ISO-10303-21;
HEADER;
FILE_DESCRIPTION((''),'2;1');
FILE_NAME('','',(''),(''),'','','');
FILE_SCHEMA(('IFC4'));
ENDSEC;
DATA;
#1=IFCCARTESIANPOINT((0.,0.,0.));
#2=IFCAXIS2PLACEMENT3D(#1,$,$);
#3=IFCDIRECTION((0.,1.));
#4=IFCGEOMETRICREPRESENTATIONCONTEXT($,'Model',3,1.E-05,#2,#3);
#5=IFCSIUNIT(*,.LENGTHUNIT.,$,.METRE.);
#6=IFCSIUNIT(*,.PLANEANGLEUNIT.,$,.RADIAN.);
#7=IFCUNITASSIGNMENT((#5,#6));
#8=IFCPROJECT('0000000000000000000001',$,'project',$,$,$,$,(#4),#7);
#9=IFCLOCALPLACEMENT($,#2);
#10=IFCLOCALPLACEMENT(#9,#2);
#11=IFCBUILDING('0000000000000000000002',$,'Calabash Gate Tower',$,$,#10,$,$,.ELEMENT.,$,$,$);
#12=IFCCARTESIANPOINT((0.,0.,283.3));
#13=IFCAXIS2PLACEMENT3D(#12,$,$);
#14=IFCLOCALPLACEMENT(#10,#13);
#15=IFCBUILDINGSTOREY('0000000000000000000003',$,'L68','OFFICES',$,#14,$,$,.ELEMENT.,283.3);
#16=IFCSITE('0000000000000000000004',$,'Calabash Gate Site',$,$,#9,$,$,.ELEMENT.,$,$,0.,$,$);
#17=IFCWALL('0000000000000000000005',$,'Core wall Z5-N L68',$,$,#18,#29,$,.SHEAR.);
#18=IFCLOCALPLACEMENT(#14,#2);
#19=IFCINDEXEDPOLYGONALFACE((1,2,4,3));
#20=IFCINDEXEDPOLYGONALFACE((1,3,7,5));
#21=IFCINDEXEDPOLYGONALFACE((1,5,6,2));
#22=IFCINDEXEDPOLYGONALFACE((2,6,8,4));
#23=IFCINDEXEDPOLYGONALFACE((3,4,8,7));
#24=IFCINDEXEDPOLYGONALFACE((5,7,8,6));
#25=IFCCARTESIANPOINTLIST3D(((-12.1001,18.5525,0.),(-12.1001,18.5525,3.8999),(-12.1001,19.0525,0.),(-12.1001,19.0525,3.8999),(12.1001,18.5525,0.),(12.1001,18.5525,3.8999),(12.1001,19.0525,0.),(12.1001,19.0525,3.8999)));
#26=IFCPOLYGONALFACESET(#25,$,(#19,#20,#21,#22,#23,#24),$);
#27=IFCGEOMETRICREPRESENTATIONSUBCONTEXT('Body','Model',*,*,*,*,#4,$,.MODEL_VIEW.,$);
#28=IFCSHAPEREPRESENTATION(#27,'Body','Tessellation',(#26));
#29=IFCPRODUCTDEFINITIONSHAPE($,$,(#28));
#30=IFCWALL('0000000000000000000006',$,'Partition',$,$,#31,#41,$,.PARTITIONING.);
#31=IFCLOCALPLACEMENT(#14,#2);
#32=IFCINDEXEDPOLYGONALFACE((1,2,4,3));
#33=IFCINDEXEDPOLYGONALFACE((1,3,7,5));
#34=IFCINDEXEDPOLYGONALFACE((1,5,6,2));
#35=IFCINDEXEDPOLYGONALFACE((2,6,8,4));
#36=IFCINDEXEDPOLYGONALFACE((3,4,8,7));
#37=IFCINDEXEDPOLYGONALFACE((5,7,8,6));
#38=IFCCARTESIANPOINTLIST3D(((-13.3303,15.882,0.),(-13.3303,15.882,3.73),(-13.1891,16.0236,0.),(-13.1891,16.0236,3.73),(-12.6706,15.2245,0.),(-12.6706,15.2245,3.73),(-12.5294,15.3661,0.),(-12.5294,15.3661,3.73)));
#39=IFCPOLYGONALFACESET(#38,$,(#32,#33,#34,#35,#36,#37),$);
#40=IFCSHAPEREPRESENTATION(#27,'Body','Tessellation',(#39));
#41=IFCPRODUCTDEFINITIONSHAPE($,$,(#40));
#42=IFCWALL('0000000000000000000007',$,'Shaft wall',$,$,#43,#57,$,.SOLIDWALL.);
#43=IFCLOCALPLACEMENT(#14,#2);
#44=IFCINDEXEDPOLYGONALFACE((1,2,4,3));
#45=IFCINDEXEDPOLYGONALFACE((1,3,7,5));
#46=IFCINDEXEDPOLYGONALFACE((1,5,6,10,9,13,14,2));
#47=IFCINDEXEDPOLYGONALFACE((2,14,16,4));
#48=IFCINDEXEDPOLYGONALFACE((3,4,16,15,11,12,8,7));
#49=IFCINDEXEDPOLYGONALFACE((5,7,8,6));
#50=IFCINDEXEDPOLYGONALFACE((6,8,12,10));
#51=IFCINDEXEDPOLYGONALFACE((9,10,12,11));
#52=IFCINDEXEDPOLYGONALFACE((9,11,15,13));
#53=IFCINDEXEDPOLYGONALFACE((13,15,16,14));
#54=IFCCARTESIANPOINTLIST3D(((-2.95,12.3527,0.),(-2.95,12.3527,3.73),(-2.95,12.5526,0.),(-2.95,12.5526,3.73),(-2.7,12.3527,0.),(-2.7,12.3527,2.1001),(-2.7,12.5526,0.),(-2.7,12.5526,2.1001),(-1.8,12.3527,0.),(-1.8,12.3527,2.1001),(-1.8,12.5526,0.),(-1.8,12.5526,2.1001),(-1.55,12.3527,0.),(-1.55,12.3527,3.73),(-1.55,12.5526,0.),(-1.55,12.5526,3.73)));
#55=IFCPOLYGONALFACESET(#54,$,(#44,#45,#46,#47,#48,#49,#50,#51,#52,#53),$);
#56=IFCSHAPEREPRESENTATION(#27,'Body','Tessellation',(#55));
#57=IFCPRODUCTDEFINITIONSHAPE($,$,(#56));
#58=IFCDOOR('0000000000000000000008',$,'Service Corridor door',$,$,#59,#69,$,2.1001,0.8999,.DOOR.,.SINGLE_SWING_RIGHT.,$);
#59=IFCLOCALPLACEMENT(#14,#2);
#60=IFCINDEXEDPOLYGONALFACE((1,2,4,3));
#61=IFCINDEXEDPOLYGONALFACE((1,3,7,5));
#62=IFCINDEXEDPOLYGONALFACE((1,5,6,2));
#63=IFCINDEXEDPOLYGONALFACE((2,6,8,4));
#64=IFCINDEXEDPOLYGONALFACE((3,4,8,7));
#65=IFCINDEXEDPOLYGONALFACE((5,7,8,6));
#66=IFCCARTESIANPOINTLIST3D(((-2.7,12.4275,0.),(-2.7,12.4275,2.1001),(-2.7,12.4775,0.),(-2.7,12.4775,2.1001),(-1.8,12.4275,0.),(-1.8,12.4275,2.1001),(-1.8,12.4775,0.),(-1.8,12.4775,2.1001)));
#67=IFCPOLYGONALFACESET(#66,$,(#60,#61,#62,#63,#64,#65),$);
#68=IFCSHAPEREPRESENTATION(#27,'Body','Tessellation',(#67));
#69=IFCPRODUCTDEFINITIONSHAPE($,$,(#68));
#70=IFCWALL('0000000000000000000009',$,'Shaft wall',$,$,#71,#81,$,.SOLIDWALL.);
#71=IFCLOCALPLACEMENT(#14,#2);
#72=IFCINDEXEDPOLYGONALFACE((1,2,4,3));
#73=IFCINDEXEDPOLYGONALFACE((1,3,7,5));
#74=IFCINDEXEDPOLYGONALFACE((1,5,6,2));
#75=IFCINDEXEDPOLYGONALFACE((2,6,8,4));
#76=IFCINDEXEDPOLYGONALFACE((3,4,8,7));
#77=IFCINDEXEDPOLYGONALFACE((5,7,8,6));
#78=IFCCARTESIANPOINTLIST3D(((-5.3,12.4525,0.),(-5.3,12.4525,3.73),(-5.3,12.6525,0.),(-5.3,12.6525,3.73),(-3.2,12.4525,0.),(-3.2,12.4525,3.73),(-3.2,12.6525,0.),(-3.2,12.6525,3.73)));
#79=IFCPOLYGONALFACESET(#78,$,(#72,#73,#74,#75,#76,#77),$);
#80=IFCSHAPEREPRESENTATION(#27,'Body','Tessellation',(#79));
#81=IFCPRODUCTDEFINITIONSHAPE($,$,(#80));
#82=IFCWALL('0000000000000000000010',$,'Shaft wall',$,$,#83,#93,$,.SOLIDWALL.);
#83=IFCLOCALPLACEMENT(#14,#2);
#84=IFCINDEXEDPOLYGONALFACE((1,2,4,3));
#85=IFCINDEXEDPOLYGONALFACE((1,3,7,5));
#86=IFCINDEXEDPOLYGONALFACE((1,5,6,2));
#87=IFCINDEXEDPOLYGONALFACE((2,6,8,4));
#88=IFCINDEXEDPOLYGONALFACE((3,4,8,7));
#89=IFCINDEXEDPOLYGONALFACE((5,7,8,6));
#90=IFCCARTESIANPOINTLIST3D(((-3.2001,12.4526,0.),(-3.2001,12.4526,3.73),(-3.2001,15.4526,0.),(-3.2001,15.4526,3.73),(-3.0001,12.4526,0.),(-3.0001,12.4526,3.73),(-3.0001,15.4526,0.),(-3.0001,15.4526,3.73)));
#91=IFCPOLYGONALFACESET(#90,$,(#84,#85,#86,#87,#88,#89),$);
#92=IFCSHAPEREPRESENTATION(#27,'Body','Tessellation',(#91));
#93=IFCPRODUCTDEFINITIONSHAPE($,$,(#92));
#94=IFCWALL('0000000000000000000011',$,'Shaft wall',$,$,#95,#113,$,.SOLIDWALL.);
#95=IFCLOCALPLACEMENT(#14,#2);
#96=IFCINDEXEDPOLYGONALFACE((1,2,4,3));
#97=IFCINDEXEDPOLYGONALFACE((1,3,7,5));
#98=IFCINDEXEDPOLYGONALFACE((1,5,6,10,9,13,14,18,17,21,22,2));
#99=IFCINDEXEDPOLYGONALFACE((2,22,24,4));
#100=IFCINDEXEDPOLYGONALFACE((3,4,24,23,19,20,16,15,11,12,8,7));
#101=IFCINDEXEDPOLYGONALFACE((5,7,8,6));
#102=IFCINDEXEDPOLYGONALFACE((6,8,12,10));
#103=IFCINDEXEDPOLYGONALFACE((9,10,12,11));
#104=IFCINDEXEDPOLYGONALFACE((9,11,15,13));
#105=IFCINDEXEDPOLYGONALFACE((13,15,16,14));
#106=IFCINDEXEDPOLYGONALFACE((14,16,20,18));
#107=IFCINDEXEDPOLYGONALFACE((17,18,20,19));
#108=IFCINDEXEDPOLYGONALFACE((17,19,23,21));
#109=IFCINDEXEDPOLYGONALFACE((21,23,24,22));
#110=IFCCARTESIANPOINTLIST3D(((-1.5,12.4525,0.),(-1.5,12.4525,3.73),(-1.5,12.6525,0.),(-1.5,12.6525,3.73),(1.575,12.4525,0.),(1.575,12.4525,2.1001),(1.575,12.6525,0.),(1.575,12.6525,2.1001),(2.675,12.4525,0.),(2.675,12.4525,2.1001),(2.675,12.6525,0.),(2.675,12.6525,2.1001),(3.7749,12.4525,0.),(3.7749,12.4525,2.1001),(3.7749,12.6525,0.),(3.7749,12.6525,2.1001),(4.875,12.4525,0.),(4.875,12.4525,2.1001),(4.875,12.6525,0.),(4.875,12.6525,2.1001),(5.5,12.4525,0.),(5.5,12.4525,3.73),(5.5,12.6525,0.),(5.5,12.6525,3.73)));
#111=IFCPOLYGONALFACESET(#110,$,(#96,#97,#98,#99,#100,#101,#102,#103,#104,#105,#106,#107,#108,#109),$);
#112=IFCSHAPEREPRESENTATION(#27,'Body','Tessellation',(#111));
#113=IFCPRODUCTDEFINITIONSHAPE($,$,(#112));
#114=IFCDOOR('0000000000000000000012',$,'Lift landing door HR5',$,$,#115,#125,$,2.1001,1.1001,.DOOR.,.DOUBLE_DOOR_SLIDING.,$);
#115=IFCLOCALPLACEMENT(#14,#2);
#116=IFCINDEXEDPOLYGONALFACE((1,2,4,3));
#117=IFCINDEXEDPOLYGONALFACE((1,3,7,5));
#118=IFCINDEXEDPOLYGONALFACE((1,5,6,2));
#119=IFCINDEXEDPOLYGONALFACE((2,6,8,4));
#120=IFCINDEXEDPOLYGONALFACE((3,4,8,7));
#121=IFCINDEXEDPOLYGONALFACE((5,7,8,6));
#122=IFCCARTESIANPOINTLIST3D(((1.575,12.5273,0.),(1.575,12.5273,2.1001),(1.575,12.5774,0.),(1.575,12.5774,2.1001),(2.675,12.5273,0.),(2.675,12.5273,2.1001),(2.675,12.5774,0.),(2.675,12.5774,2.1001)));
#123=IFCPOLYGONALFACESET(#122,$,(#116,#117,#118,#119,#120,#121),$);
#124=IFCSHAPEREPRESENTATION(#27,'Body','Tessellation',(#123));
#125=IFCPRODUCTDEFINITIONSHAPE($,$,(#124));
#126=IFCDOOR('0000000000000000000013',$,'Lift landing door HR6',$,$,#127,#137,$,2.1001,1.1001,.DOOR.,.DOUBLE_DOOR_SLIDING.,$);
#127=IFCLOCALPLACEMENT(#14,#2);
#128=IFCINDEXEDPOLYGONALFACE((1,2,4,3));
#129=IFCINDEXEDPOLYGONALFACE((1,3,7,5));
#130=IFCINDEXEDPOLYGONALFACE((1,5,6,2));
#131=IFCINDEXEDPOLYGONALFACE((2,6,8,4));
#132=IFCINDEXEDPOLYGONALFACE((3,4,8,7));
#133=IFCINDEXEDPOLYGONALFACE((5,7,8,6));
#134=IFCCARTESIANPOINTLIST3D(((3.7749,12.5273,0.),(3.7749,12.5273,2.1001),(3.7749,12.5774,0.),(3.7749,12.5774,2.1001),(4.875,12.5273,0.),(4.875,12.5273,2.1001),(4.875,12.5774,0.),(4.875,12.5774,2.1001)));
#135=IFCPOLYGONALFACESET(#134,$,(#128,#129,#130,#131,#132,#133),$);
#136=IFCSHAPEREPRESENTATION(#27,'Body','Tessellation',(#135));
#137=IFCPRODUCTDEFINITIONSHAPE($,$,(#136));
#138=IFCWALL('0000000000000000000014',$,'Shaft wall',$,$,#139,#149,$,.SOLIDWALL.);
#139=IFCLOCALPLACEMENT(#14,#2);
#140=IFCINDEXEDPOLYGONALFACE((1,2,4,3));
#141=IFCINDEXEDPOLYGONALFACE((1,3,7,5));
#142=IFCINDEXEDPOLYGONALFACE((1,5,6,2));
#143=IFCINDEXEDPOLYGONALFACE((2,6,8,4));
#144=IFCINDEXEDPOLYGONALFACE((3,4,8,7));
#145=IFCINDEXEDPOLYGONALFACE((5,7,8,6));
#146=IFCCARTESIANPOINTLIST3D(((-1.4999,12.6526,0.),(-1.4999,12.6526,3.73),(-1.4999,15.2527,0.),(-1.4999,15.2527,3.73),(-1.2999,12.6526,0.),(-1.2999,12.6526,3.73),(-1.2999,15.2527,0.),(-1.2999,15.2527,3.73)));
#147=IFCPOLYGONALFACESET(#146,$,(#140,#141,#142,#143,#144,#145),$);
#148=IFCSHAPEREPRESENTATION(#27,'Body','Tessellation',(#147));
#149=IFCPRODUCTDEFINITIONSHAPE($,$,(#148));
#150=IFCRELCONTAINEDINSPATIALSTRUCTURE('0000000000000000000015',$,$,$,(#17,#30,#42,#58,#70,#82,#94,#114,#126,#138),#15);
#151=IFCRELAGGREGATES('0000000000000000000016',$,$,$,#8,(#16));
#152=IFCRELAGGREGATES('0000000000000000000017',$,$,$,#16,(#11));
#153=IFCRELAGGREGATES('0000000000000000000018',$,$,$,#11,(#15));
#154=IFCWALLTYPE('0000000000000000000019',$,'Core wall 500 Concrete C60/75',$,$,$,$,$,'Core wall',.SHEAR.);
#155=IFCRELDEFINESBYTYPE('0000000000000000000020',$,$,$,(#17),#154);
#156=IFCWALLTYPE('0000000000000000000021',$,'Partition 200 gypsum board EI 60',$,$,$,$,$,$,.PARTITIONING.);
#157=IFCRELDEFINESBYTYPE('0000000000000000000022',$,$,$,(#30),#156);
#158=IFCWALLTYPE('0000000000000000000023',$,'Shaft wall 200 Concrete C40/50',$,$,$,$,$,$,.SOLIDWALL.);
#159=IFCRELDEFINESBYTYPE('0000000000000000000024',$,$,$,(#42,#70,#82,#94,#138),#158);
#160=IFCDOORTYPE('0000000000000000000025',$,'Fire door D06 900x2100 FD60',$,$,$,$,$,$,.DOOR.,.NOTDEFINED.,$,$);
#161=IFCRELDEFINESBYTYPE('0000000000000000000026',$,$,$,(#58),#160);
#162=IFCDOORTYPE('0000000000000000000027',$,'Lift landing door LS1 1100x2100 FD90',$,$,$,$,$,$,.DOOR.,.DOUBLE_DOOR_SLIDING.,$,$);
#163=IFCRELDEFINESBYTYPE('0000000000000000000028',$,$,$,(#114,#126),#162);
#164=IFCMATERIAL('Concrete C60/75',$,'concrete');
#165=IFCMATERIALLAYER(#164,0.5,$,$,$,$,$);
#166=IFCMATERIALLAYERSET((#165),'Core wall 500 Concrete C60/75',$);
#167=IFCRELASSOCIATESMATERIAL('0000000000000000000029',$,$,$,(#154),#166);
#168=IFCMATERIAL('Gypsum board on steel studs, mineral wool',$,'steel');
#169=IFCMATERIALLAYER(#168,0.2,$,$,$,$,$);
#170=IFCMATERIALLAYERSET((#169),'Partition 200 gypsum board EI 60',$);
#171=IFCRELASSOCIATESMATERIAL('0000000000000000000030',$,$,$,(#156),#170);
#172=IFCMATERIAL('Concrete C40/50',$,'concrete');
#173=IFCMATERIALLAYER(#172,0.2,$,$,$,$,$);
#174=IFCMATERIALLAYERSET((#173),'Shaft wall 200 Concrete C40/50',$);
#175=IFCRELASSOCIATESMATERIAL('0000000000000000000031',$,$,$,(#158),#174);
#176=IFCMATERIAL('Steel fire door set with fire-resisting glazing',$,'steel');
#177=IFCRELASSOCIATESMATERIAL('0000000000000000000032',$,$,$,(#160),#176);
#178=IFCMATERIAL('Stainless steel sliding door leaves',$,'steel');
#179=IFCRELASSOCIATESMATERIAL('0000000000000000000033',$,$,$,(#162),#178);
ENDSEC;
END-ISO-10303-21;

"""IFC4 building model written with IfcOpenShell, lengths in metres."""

from ifc_helpers import new_model, si_unit, direction, frame, frame_2d, origin, place, context, subcontext, project, spatial, rectangle, extrude, material, layer, layer_set, type_object, element, fill, save


model = new_model("IFC4")

# Units and contexts
model_context = context("Model", 3, precision=1e-05, world=origin(), true_north=direction((0.0, 1.0)))
body_context = subcontext(model_context, "Body", "Model", "MODEL_VIEW")
ifc_project = project(units=[si_unit("LENGTHUNIT", "METRE"), si_unit("PLANEANGLEUNIT", "RADIAN")], contexts=[model_context])

# Site, building, storey
site_placement = place(None, origin())
site = spatial("IfcSite", under=ifc_project, at=site_placement, Name="Calabash Gate Site", CompositionType="ELEMENT", RefElevation=0.0)
building_placement = place(site_placement, origin())
building = spatial("IfcBuilding", under=site, at=building_placement, Name="Calabash Gate Tower", CompositionType="ELEMENT")
storey_placement = place(building_placement, frame((0.0, 0.0, 283.3)))
storey = spatial("IfcBuildingStorey", under=building, at=storey_placement, Name="L68", Description="OFFICES", CompositionType="ELEMENT", Elevation=283.3)

# Walls
ifc_material_1 = material(Name="Concrete C60/75", Category="concrete")
ifc_layer_1 = layer(ifc_material_1, 0.5)
ifc_layer_set_1 = layer_set([ifc_layer_1], Name="Core wall 500 Concrete C60/75")
wall_type_1 = type_object("IfcWallType", Name="Core wall 500 Concrete C60/75", ElementType="Core wall", PredefinedType="SHEAR", material=ifc_layer_set_1)
wall_1_placement = place(storey_placement, frame((-12.1001, 18.8025, 0.0), z_axis=(0.0, 0.0, 1.0), x_axis=(1.0, 0.0, 0.0)))
element("IfcWall", 1, at=wall_1_placement, inside=storey, type_object=wall_type_1, Name="Core wall Z5-N L68", PredefinedType="SHEAR", context=body_context, shape_type="SweptSolid", body=[
    extrude(rectangle(XDim=24.2002, YDim=0.5, at=frame_2d((12.1001, 0.0))), origin(), (0.0, 0.0, 1.0), 3.8999),
])
ifc_material_2 = material(Name="Gypsum board on steel studs, mineral wool", Category="steel")
ifc_layer_2 = layer(ifc_material_2, 0.2)
ifc_layer_set_2 = layer_set([ifc_layer_2], Name="Partition 200 gypsum board EI 60")
wall_type_2 = type_object("IfcWallType", Name="Partition 200 gypsum board EI 60", PredefinedType="PARTITIONING", material=ifc_layer_set_2)
wall_2_placement = place(storey_placement, frame((-13.2598, 15.9529, 0.0), z_axis=(0.0, 0.0, 1.0), x_axis=(0.708285, -0.705926, 0.0)))
element("IfcWall", 2, at=wall_2_placement, inside=storey, type_object=wall_type_2, Name="Partition", PredefinedType="PARTITIONING", context=body_context, shape_type="SweptSolid", body=[
    extrude(rectangle(XDim=0.9314, YDim=0.2, at=frame_2d((0.4658, 0.0))), origin(), (0.0, 0.0, 1.0), 3.73),
])

# Wall, opening, door
ifc_material_3 = material(Name="Concrete C40/50", Category="concrete")
ifc_layer_3 = layer(ifc_material_3, 0.2)
ifc_layer_set_3 = layer_set([ifc_layer_3], Name="Shaft wall 200 Concrete C40/50")
wall_type_3 = type_object("IfcWallType", Name="Shaft wall 200 Concrete C40/50", PredefinedType="SOLIDWALL", material=ifc_layer_set_3)
wall_3_placement = place(storey_placement, frame((-2.95, 12.4526, 0.0), z_axis=(0.0, 0.0, 1.0), x_axis=(1.0, 0.0, 0.0)))
wall_3 = element("IfcWall", 3, at=wall_3_placement, inside=storey, type_object=wall_type_3, Name="Shaft wall", PredefinedType="SOLIDWALL", context=body_context, shape_type="SweptSolid", body=[
    extrude(rectangle(XDim=1.3999, YDim=0.2, at=frame_2d((0.7, 0.0))), origin(), (0.0, 0.0, 1.0), 3.73),
])
opening_1_placement = place(wall_3_placement, frame((0.25, 0.0, 0.0)))
opening_1 = element("IfcOpeningElement", 4, at=opening_1_placement, cuts=wall_3, PredefinedType="OPENING", context=body_context, shape_type="SweptSolid", body=[
    extrude(rectangle(XDim=0.8999, YDim=2.1001, at=frame_2d((0.45, 1.05))), frame((0.0, 0.1099, 0.0), z_axis=(0.0, -1.0, 0.0), x_axis=(1.0, 0.0, 0.0)), (0.0, 0.0, 1.0), 0.22),
])
ifc_material_4 = material(Name="Steel fire door set with fire-resisting glazing", Category="steel")
door_type_1 = type_object("IfcDoorType", Name="Fire door D06 900x2100 FD60", OperationType="NOTDEFINED", PredefinedType="DOOR", material=ifc_material_4)
door_1_placement = place(opening_1_placement, origin())
door_1 = element("IfcDoor", 5, at=door_1_placement, inside=storey, type_object=door_type_1, Name="Service Corridor door", OperationType="SINGLE_SWING_RIGHT", OverallHeight=2.1001, OverallWidth=0.8999, PredefinedType="DOOR", context=body_context, shape_type="SweptSolid", body=[
    extrude(rectangle(XDim=0.8999, YDim=2.1001, at=frame_2d((0.45, 1.05))), frame((0.0, 0.0249, 0.0), z_axis=(0.0, -1.0, 0.0), x_axis=(1.0, 0.0, 0.0)), (0.0, 0.0, 1.0), 0.05),
])
fill(opening_1, door_1)

# Walls
wall_4_placement = place(storey_placement, frame((-5.3, 12.5525, 0.0), z_axis=(0.0, 0.0, 1.0), x_axis=(1.0, 0.0, 0.0)))
element("IfcWall", 6, at=wall_4_placement, inside=storey, type_object=wall_type_3, Name="Shaft wall", PredefinedType="SOLIDWALL", context=body_context, shape_type="SweptSolid", body=[
    extrude(rectangle(XDim=2.1001, YDim=0.2, at=frame_2d((1.05, 0.0))), origin(), (0.0, 0.0, 1.0), 3.73),
])
wall_5_placement = place(storey_placement, frame((-3.1001, 12.4526, 0.0), z_axis=(0.0, 0.0, 1.0), x_axis=(0.0, 1.0, 0.0)))
element("IfcWall", 7, at=wall_5_placement, inside=storey, type_object=wall_type_3, Name="Shaft wall", PredefinedType="SOLIDWALL", context=body_context, shape_type="SweptSolid", body=[
    extrude(rectangle(XDim=3.0, YDim=0.2, at=frame_2d((1.5, 0.0))), origin(), (0.0, 0.0, 1.0), 3.73),
])

# Wall, openings, doors
wall_6_placement = place(storey_placement, frame((-1.5, 12.5525, 0.0), z_axis=(0.0, 0.0, 1.0), x_axis=(1.0, 0.0, 0.0)))
wall_6 = element("IfcWall", 8, at=wall_6_placement, inside=storey, type_object=wall_type_3, Name="Shaft wall", PredefinedType="SOLIDWALL", context=body_context, shape_type="SweptSolid", body=[
    extrude(rectangle(XDim=7.0, YDim=0.2, at=frame_2d((3.5, 0.0))), origin(), (0.0, 0.0, 1.0), 3.73),
])
opening_2_placement = place(wall_6_placement, frame((3.075, 0.0, 0.0)))
opening_2 = element("IfcOpeningElement", 9, at=opening_2_placement, cuts=wall_6, PredefinedType="OPENING", context=body_context, shape_type="SweptSolid", body=[
    extrude(rectangle(XDim=1.1001, YDim=2.1001, at=frame_2d((0.55, 1.05))), frame((0.0, 0.1099, 0.0), z_axis=(0.0, -1.0, 0.0), x_axis=(1.0, 0.0, 0.0)), (0.0, 0.0, 1.0), 0.22),
])
opening_3_placement = place(wall_6_placement, frame((5.2749, 0.0, 0.0)))
opening_3 = element("IfcOpeningElement", 10, at=opening_3_placement, cuts=wall_6, PredefinedType="OPENING", context=body_context, shape_type="SweptSolid", body=[
    extrude(rectangle(XDim=1.1001, YDim=2.1001, at=frame_2d((0.55, 1.05))), frame((0.0, 0.1099, 0.0), z_axis=(0.0, -1.0, 0.0), x_axis=(1.0, 0.0, 0.0)), (0.0, 0.0, 1.0), 0.22),
])
ifc_material_5 = material(Name="Stainless steel sliding door leaves", Category="steel")
door_type_2 = type_object("IfcDoorType", Name="Lift landing door LS1 1100x2100 FD90", OperationType="DOUBLE_DOOR_SLIDING", PredefinedType="DOOR", material=ifc_material_5)
door_2_placement = place(opening_2_placement, origin())
door_2 = element("IfcDoor", 11, at=door_2_placement, inside=storey, type_object=door_type_2, Name="Lift landing door HR5", OperationType="DOUBLE_DOOR_SLIDING", OverallHeight=2.1001, OverallWidth=1.1001, PredefinedType="DOOR", context=body_context, shape_type="SweptSolid", body=[
    extrude(rectangle(XDim=1.1001, YDim=2.1001, at=frame_2d((0.55, 1.05))), frame((0.0, 0.0249, 0.0), z_axis=(0.0, -1.0, 0.0), x_axis=(1.0, 0.0, 0.0)), (0.0, 0.0, 1.0), 0.05),
])
fill(opening_2, door_2)
door_3_placement = place(opening_3_placement, origin())
door_3 = element("IfcDoor", 12, at=door_3_placement, inside=storey, type_object=door_type_2, Name="Lift landing door HR6", OperationType="DOUBLE_DOOR_SLIDING", OverallHeight=2.1001, OverallWidth=1.1001, PredefinedType="DOOR", context=body_context, shape_type="SweptSolid", body=[
    extrude(rectangle(XDim=1.1001, YDim=2.1001, at=frame_2d((0.55, 1.05))), frame((0.0, 0.0249, 0.0), z_axis=(0.0, -1.0, 0.0), x_axis=(1.0, 0.0, 0.0)), (0.0, 0.0, 1.0), 0.05),
])
fill(opening_3, door_3)

# Wall
wall_7_placement = place(storey_placement, frame((-1.3999, 12.6526, 0.0), z_axis=(0.0, 0.0, 1.0), x_axis=(0.0, 1.0, 0.0)))
element("IfcWall", 13, at=wall_7_placement, inside=storey, type_object=wall_type_3, Name="Shaft wall", PredefinedType="SOLIDWALL", context=body_context, shape_type="SweptSolid", body=[
    extrude(rectangle(XDim=2.6001, YDim=0.2, at=frame_2d((1.3, 0.0))), origin(), (0.0, 0.0, 1.0), 3.73),
])

save(model, "model.ifc")
